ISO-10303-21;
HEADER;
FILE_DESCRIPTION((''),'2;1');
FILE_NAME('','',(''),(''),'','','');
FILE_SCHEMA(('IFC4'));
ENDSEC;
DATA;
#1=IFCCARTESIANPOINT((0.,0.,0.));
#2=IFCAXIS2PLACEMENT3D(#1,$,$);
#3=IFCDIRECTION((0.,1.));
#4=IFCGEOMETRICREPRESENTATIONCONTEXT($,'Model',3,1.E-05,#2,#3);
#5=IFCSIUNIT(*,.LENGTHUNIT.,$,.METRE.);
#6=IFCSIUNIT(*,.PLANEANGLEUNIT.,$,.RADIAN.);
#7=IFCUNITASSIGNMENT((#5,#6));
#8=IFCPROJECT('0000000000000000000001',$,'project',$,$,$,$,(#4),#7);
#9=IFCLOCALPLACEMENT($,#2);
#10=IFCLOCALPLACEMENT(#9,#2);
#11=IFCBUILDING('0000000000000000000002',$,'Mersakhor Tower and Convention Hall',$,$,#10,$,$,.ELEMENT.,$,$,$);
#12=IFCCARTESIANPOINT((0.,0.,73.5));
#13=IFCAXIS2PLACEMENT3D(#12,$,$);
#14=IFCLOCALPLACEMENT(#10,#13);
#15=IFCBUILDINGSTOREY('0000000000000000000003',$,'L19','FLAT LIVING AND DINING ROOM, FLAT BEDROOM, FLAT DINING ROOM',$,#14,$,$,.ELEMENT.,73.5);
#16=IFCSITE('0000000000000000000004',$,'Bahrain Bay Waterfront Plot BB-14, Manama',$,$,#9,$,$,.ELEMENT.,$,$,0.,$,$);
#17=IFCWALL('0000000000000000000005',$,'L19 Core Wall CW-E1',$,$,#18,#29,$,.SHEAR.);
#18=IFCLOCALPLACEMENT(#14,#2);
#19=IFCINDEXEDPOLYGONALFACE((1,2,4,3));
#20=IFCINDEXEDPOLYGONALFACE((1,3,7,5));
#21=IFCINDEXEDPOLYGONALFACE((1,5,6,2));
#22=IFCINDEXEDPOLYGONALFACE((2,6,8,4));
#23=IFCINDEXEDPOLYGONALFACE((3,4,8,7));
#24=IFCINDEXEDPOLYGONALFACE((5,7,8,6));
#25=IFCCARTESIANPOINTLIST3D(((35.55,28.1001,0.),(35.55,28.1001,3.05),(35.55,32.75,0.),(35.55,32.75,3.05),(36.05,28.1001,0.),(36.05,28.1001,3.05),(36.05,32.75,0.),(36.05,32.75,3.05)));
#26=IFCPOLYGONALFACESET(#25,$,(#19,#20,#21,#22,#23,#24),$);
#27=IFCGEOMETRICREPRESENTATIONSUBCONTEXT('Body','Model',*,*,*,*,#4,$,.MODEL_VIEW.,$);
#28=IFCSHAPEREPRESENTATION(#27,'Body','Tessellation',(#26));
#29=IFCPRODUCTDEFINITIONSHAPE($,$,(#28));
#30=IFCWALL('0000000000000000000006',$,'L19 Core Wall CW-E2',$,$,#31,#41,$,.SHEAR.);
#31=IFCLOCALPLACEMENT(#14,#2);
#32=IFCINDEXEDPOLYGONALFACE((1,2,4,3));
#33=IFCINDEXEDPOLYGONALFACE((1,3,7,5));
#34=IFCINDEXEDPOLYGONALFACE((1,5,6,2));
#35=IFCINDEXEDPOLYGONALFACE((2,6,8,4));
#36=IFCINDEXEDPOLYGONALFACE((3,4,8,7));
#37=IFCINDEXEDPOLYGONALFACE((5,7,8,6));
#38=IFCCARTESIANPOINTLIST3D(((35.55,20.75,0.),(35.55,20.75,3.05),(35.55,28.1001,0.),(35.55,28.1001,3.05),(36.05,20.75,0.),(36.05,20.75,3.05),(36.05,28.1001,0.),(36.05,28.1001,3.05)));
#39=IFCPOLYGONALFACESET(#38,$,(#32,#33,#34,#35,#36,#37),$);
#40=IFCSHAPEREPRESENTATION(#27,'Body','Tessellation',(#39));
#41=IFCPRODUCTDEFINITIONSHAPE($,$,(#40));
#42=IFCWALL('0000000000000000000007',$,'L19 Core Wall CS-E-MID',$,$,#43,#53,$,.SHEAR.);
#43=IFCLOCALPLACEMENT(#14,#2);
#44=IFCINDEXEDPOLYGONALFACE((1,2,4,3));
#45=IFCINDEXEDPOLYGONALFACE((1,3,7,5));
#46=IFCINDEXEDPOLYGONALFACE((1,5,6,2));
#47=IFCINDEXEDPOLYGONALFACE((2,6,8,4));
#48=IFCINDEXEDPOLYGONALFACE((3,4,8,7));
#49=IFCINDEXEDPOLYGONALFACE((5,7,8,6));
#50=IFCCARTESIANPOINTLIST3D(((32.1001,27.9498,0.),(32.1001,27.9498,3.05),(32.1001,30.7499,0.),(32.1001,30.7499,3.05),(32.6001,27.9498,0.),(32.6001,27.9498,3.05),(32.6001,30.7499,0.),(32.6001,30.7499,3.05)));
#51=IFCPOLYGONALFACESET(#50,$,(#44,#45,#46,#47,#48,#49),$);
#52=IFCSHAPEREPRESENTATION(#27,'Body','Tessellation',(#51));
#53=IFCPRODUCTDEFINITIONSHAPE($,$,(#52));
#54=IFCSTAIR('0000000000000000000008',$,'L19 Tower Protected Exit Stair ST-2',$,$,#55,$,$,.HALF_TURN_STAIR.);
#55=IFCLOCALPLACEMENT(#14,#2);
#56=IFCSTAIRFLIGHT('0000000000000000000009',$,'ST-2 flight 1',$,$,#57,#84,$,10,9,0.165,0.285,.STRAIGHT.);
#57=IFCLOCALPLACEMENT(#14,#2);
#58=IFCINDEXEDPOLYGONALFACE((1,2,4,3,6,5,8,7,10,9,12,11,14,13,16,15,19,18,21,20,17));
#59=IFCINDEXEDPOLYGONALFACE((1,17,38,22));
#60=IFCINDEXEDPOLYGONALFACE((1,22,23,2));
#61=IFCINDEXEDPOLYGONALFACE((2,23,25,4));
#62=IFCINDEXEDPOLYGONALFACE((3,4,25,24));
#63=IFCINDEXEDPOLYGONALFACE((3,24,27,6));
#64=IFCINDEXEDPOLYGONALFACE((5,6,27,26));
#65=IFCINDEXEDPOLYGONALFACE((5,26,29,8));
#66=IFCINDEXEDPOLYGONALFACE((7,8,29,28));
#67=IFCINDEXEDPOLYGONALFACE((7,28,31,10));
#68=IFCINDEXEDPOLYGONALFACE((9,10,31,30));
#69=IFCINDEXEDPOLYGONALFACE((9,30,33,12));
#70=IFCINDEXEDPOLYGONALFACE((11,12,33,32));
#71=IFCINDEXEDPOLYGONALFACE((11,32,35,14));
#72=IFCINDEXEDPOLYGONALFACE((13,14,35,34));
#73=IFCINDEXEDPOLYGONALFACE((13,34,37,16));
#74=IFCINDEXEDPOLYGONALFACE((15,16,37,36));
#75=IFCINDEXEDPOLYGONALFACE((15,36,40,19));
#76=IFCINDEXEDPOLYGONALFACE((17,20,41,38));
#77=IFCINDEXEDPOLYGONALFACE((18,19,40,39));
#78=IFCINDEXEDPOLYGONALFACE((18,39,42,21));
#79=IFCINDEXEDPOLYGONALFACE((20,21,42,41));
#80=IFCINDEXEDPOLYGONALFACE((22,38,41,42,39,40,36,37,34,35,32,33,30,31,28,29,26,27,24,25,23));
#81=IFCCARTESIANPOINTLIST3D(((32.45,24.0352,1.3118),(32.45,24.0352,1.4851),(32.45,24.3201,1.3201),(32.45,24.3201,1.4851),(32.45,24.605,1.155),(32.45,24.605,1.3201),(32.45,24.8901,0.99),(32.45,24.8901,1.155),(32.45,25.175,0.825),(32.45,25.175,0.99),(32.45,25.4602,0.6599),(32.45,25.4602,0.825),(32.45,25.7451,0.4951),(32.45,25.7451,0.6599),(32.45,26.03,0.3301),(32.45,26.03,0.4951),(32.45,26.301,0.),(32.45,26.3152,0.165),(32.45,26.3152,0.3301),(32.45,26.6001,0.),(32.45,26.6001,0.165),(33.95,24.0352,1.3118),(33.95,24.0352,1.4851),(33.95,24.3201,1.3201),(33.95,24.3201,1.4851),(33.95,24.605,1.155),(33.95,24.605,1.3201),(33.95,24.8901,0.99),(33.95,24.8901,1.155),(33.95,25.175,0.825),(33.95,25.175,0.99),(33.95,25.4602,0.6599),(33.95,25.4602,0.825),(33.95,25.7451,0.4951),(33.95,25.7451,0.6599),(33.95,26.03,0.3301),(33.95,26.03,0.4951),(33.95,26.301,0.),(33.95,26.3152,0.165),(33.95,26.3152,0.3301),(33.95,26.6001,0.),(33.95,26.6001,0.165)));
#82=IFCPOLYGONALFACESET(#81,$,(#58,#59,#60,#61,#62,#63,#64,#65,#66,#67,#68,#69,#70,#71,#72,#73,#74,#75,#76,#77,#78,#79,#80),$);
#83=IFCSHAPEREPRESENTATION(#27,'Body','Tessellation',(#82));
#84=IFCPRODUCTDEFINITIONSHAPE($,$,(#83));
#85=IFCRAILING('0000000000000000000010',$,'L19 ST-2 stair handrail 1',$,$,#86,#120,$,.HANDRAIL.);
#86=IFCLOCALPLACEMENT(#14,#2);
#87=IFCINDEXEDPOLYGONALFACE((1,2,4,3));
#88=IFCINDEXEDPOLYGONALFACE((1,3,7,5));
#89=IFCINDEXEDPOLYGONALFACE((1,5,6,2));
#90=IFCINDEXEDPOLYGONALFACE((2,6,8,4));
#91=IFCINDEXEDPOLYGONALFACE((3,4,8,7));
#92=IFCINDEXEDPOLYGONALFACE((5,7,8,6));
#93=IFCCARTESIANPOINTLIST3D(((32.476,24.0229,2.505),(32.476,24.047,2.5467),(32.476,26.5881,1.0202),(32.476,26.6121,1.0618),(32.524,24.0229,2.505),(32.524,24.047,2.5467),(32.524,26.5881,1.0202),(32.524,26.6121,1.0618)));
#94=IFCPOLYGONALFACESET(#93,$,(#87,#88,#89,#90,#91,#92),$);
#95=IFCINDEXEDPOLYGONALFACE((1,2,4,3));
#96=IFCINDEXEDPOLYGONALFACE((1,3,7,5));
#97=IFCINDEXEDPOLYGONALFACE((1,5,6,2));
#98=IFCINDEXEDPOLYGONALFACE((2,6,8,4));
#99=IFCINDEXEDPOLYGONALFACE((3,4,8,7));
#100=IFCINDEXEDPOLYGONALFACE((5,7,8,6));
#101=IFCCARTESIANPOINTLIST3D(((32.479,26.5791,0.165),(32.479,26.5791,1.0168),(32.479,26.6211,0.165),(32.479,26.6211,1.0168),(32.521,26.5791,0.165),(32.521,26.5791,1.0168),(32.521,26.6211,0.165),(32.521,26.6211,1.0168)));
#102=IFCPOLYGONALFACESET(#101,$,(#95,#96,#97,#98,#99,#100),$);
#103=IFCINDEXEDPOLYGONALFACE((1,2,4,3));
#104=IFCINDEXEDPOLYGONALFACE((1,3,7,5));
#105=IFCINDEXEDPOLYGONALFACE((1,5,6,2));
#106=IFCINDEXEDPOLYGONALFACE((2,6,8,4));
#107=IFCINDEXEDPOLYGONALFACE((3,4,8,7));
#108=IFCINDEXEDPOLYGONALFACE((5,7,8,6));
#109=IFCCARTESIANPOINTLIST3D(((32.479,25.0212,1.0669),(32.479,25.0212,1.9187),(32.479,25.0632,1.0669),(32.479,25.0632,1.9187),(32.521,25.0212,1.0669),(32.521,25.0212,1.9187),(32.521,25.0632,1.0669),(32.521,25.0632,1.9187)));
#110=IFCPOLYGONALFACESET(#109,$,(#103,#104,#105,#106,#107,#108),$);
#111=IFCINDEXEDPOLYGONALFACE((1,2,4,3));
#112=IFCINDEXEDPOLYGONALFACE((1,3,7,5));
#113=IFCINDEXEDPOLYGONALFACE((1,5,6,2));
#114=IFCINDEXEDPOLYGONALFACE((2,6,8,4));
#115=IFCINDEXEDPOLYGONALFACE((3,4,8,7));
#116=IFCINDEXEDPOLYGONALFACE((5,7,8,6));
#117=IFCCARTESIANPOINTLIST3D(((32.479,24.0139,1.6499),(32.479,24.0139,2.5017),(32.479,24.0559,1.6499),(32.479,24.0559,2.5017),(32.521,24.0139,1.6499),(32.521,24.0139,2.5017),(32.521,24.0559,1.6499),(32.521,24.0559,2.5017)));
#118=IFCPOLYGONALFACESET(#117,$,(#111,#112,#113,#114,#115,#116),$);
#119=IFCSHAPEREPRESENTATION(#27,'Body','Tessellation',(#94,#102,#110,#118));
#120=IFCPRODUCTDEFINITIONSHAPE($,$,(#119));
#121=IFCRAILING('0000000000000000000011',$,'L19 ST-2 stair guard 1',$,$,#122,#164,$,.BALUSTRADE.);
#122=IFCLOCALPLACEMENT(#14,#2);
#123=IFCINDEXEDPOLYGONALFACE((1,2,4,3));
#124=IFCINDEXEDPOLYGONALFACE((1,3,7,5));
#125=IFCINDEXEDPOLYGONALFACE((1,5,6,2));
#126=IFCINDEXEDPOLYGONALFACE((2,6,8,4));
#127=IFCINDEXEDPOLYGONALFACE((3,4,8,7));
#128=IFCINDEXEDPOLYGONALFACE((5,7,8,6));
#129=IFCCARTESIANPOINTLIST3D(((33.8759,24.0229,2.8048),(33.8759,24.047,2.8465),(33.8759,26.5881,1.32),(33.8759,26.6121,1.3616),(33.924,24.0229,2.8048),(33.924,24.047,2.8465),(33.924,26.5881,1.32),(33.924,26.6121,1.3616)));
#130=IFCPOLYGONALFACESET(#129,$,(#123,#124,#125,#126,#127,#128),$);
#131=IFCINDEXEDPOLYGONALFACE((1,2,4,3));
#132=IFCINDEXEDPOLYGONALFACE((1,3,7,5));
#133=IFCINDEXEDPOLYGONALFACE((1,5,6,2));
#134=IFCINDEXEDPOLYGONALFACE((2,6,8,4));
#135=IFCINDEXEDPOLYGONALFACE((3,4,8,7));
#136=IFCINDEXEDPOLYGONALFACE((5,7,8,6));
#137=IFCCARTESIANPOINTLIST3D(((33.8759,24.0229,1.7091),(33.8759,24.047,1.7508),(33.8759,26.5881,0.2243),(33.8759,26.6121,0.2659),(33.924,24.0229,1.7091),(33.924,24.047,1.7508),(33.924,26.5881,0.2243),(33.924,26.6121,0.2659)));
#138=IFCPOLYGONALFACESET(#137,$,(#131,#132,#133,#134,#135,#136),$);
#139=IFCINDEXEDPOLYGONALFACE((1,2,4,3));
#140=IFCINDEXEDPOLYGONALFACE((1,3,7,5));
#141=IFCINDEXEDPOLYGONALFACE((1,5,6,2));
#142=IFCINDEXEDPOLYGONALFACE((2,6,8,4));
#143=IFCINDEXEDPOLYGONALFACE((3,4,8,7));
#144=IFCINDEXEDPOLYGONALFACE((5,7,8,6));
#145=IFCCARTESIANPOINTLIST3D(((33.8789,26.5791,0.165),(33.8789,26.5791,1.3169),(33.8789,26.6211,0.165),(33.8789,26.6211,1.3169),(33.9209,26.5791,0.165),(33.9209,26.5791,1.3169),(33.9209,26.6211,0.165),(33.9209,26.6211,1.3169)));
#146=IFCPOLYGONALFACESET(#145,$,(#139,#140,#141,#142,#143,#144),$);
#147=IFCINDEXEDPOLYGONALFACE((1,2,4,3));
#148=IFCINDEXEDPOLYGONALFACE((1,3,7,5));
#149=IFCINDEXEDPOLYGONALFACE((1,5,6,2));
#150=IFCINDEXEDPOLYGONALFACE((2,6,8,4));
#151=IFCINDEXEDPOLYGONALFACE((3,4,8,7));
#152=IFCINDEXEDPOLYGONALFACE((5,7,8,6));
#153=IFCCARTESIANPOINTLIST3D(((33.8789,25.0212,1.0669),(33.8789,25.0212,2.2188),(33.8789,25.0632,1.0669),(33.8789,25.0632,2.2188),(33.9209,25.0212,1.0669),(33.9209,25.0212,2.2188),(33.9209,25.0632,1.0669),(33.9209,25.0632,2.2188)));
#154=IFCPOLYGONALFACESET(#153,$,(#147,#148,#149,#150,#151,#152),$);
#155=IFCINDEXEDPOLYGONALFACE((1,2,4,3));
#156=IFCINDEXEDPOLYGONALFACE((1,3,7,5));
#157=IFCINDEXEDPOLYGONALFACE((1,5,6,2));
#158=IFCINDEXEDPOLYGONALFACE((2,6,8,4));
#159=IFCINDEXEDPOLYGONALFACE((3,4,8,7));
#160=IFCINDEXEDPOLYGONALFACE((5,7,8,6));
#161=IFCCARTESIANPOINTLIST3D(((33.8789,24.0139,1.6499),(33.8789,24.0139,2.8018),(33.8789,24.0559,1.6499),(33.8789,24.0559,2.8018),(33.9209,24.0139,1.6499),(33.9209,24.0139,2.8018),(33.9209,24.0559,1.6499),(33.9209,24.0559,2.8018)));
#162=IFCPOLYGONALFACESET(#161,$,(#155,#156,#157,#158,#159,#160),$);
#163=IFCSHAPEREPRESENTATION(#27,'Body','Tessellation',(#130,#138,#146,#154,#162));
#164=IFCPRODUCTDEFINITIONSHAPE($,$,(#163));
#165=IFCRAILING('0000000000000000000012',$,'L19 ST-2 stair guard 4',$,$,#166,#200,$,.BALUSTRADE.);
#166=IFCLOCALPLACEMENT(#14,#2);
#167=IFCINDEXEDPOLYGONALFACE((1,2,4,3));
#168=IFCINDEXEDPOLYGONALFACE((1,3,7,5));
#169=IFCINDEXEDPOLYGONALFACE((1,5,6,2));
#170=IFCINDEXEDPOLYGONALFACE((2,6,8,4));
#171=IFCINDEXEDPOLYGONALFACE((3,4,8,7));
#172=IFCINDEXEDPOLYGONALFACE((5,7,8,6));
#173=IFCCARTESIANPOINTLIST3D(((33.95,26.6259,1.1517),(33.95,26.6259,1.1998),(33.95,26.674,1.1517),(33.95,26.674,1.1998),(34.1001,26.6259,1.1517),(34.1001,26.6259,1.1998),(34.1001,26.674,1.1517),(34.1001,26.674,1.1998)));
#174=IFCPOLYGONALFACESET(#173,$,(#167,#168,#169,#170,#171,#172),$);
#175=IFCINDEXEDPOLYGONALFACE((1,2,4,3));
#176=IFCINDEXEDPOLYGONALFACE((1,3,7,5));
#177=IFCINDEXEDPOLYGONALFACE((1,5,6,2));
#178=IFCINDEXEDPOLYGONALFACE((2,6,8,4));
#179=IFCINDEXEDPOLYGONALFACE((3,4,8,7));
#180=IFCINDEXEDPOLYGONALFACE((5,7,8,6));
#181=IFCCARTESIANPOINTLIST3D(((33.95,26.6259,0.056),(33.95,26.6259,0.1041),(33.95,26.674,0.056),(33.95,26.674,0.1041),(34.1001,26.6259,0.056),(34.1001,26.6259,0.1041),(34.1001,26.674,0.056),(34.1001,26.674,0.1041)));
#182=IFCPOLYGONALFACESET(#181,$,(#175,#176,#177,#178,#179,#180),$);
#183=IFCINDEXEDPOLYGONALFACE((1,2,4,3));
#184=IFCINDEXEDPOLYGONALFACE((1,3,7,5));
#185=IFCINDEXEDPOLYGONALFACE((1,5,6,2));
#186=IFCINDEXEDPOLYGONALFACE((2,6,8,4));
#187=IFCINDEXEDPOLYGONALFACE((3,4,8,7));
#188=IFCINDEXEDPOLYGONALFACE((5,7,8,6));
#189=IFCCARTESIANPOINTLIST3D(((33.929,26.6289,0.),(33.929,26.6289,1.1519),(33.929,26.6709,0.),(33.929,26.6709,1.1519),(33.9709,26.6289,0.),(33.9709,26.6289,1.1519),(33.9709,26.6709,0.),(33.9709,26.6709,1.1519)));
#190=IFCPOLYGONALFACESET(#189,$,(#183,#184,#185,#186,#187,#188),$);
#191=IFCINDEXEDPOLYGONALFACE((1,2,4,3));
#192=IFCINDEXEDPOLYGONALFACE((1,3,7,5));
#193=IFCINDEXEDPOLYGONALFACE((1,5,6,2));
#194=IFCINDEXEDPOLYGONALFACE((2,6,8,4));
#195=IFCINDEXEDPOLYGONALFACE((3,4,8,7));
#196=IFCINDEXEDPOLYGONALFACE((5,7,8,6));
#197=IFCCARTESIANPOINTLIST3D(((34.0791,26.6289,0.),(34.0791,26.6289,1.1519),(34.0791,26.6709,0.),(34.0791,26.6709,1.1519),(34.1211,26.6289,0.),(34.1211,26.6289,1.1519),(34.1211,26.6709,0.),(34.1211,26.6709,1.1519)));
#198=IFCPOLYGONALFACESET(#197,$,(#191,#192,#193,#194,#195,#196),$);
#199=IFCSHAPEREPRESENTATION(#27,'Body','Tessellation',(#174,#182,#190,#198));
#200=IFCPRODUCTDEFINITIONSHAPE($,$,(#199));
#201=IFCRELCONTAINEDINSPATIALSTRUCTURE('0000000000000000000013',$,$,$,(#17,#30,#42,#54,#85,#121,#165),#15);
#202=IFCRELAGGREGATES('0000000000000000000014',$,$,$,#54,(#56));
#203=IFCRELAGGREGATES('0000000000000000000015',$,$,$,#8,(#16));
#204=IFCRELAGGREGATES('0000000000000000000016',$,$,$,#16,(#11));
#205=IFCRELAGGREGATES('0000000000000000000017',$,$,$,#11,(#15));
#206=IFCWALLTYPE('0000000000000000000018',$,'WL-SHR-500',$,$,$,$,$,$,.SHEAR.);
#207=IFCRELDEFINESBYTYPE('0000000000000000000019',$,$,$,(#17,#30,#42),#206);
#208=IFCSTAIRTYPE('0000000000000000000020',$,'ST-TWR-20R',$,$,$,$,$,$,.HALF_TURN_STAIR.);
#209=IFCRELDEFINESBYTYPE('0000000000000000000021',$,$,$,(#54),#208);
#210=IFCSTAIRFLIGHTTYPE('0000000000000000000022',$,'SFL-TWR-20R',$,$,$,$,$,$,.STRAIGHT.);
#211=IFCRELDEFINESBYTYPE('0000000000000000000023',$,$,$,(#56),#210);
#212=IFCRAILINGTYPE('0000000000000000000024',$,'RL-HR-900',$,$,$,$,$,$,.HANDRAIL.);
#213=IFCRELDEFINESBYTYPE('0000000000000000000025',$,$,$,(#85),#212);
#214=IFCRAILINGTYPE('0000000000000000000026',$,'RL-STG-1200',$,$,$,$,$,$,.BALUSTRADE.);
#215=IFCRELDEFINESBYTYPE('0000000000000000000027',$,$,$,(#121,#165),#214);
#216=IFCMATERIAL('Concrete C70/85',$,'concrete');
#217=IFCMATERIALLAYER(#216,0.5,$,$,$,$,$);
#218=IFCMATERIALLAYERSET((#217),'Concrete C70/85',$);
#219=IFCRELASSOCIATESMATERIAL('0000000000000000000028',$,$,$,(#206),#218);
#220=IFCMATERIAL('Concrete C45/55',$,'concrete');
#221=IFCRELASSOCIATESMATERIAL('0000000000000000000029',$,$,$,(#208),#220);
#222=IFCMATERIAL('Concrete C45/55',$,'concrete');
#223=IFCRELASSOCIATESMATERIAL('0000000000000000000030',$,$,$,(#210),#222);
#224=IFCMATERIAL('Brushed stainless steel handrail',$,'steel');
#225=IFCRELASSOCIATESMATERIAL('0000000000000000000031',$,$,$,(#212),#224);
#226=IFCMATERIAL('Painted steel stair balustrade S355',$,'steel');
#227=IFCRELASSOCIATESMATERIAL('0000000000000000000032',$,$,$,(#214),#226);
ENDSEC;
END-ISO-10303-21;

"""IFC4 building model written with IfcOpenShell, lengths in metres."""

from ifc_helpers import new_model, si_unit, direction, frame, frame_2d, origin, origin_2d, place, context, subcontext, project, spatial, polyline, rectangle, outline, extrude, material, layer, layer_set, type_object, element, aggregate, save


model = new_model("IFC4")

# Units and contexts
model_context = context("Model", 3, precision=1e-05, world=origin(), true_north=direction((0.0, 1.0)))
body_context = subcontext(model_context, "Body", "Model", "MODEL_VIEW")
ifc_project = project(units=[si_unit("LENGTHUNIT", "METRE"), si_unit("PLANEANGLEUNIT", "RADIAN")], contexts=[model_context])

# Site, building, storey
site_placement = place(None, origin())
site = spatial("IfcSite", under=ifc_project, at=site_placement, Name="Bahrain Bay Waterfront Plot BB-14, Manama", CompositionType="ELEMENT", RefElevation=0.0)
building_placement = place(site_placement, origin())
building = spatial("IfcBuilding", under=site, at=building_placement, Name="Mersakhor Tower and Convention Hall", CompositionType="ELEMENT")
storey_placement = place(building_placement, frame((0.0, 0.0, 73.5)))
storey = spatial("IfcBuildingStorey", under=building, at=storey_placement, Name="L19", Description="FLAT LIVING AND DINING ROOM, FLAT BEDROOM, FLAT DINING ROOM", CompositionType="ELEMENT", Elevation=73.5)

# Shared definitions
ifc_material_1 = material(Name="Concrete C70/85", Category="concrete")
ifc_layer_1 = layer(ifc_material_1, 0.5)
ifc_layer_set_1 = layer_set([ifc_layer_1], Name="Concrete C70/85")
wall_type_1 = type_object("IfcWallType", Name="WL-SHR-500", PredefinedType="SHEAR", material=ifc_layer_set_1)

# Walls
wall_1_placement = place(storey_placement, frame((35.8, 32.75, 0.0), z_axis=(0.0, 0.0, 1.0), x_axis=(0.0, -1.0, 0.0)))
element("IfcWall", 1, at=wall_1_placement, inside=storey, type_object=wall_type_1, Name="L19 Core Wall CW-E1", PredefinedType="SHEAR", context=body_context, shape_type="SweptSolid", body=[
    extrude(rectangle(XDim=4.6499, YDim=0.5, at=frame_2d((2.325, 0.0))), origin(), (0.0, 0.0, 1.0), 3.05),
])
wall_2_placement = place(storey_placement, frame((35.8, 28.1001, 0.0), z_axis=(0.0, 0.0, 1.0), x_axis=(0.0, -1.0, 0.0)))
element("IfcWall", 2, at=wall_2_placement, inside=storey, type_object=wall_type_1, Name="L19 Core Wall CW-E2", PredefinedType="SHEAR", context=body_context, shape_type="SweptSolid", body=[
    extrude(rectangle(XDim=7.3501, YDim=0.5, at=frame_2d((3.675, 0.0))), origin(), (0.0, 0.0, 1.0), 3.05),
])
wall_3_placement = place(storey_placement, frame((32.3501, 27.95, 0.0), z_axis=(0.0, 0.0, 1.0), x_axis=(0.0, 1.0, 0.0)))
element("IfcWall", 3, at=wall_3_placement, inside=storey, type_object=wall_type_1, Name="L19 Core Wall CS-E-MID", PredefinedType="SHEAR", context=body_context, shape_type="SweptSolid", body=[
    extrude(rectangle(XDim=2.8, YDim=0.5, at=frame_2d((1.3999, 0.0))), origin(), (0.0, 0.0, 1.0), 3.05),
])

# Stair, stair flight
ifc_material_2 = material(Name="Concrete C45/55", Category="concrete")
stair_type = type_object("IfcStairType", Name="ST-TWR-20R", PredefinedType="HALF_TURN_STAIR", material=ifc_material_2)
stair_placement = place(storey_placement, origin())
stair = element("IfcStair", 4, at=stair_placement, inside=storey, type_object=stair_type, Name="L19 Tower Protected Exit Stair ST-2", PredefinedType="HALF_TURN_STAIR")
ifc_material_3 = material(Name="Concrete C45/55", Category="concrete")
stair_flight_type = type_object("IfcStairFlightType", Name="SFL-TWR-20R", PredefinedType="STRAIGHT", material=ifc_material_3)
stair_flight_placement = place(storey_placement, frame((33.2, 26.6001, 0.0), z_axis=(0.0, 0.0, 1.0), x_axis=(0.0, -1.0, 0.0)))
stair_flight = element("IfcStairFlight", 5, at=stair_flight_placement, type_object=stair_flight_type, Name="ST-2 flight 1", NumberOfRisers=10, NumberOfTreads=9, PredefinedType="STRAIGHT", RiserHeight=0.165, TreadLength=0.285, context=body_context, shape_type="SweptSolid", body=[
    extrude(outline(polyline([(0.0, 0.0), (0.0, 0.165), (0.2849, 0.165), (0.2849, 0.3301), (0.5701, 0.3301), (0.5701, 0.4951), (0.855, 0.4951), (0.855, 0.6599), (1.1399, 0.6599), (1.1399, 0.825), (1.425, 0.825), (1.425, 0.99), (1.71, 0.99), (1.71, 1.155), (1.9951, 1.155), (1.9951, 1.3201), (2.28, 1.3201), (2.28, 1.4851), (2.5649, 1.4851), (2.5649, 1.6499), (2.5649, 1.3118), (0.2991, 0.0), (0.0, 0.0)])), frame((0.0, 0.75, 0.0), z_axis=(0.0, -1.0, 0.0), x_axis=(1.0, 0.0, 0.0)), (0.0, 0.0, 1.0), 1.5),
])
aggregate(stair, [stair_flight])

# Railings
ifc_material_4 = material(Name="Brushed stainless steel handrail", Category="steel")
railing_type_1 = type_object("IfcRailingType", Name="RL-HR-900", PredefinedType="HANDRAIL", material=ifc_material_4)
railing_1_placement = place(storey_placement, frame((32.5, 26.6001, 0.165)))
element("IfcRailing", 6, at=railing_1_placement, inside=storey, type_object=railing_type_1, Name="L19 ST-2 stair handrail 1", PredefinedType="HANDRAIL", context=body_context, shape_type="SweptSolid", body=[
    extrude(rectangle(XDim=0.0481, YDim=0.0481, at=origin_2d()), frame((0.0, 0.0, 0.876), z_axis=(0.0, -0.865462, 0.500975), x_axis=(1.0, 0.0, 0.0)), (0.0, 0.0, 1.0), 2.9639),
    extrude(rectangle(XDim=0.042, YDim=0.042, at=origin_2d()), origin(), (0.0, 0.0, 1.0), 0.8518),
    extrude(rectangle(XDim=0.042, YDim=0.042, at=origin_2d()), frame((0.0, -1.5579, 0.9019)), (0.0, 0.0, 1.0), 0.8518),
    extrude(rectangle(XDim=0.042, YDim=0.042, at=origin_2d()), frame((0.0, -2.5652, 1.4849)), (0.0, 0.0, 1.0), 0.8518),
])
ifc_material_5 = material(Name="Painted steel stair balustrade S355", Category="steel")
railing_type_2 = type_object("IfcRailingType", Name="RL-STG-1200", PredefinedType="BALUSTRADE", material=ifc_material_5)
railing_2_placement = place(storey_placement, frame((33.8999, 26.6001, 0.165)))
element("IfcRailing", 7, at=railing_2_placement, inside=storey, type_object=railing_type_2, Name="L19 ST-2 stair guard 1", PredefinedType="BALUSTRADE", context=body_context, shape_type="SweptSolid", body=[
    extrude(rectangle(XDim=0.0481, YDim=0.0481, at=origin_2d()), frame((0.0, 0.0, 1.1758), z_axis=(0.0, -0.865462, 0.500975), x_axis=(1.0, 0.0, 0.0)), (0.0, 0.0, 1.0), 2.9639),
    extrude(rectangle(XDim=0.0481, YDim=0.0481, at=origin_2d()), frame((0.0, 0.0, 0.0801), z_axis=(0.0, -0.865462, 0.500975), x_axis=(1.0, 0.0, 0.0)), (0.0, 0.0, 1.0), 2.9639),
    extrude(rectangle(XDim=0.042, YDim=0.042, at=origin_2d()), origin(), (0.0, 0.0, 1.0), 1.1519),
    extrude(rectangle(XDim=0.042, YDim=0.042, at=origin_2d()), frame((0.0, -1.5579, 0.9019)), (0.0, 0.0, 1.0), 1.1519),
    extrude(rectangle(XDim=0.042, YDim=0.042, at=origin_2d()), frame((0.0, -2.5652, 1.4849)), (0.0, 0.0, 1.0), 1.1519),
])
railing_3_placement = place(storey_placement, frame((33.95, 26.6499, 0.0)))
element("IfcRailing", 8, at=railing_3_placement, inside=storey, type_object=railing_type_2, Name="L19 ST-2 stair guard 4", PredefinedType="BALUSTRADE", context=body_context, shape_type="SweptSolid", body=[
    extrude(rectangle(XDim=0.0481, YDim=0.0481, at=origin_2d()), frame((0.0, 0.0, 1.1758), z_axis=(1.0, 0.0, 0.0), x_axis=(0.0, 1.0, 0.0)), (0.0, 0.0, 1.0), 0.1501),
    extrude(rectangle(XDim=0.0481, YDim=0.0481, at=origin_2d()), frame((0.0, 0.0, 0.0801), z_axis=(1.0, 0.0, 0.0), x_axis=(0.0, 1.0, 0.0)), (0.0, 0.0, 1.0), 0.1501),
    extrude(rectangle(XDim=0.042, YDim=0.042, at=origin_2d()), origin(), (0.0, 0.0, 1.0), 1.1519),
    extrude(rectangle(XDim=0.042, YDim=0.042, at=origin_2d()), frame((0.1501, 0.0, 0.0)), (0.0, 0.0, 1.0), 1.1519),
])

save(model, "model.ifc")
